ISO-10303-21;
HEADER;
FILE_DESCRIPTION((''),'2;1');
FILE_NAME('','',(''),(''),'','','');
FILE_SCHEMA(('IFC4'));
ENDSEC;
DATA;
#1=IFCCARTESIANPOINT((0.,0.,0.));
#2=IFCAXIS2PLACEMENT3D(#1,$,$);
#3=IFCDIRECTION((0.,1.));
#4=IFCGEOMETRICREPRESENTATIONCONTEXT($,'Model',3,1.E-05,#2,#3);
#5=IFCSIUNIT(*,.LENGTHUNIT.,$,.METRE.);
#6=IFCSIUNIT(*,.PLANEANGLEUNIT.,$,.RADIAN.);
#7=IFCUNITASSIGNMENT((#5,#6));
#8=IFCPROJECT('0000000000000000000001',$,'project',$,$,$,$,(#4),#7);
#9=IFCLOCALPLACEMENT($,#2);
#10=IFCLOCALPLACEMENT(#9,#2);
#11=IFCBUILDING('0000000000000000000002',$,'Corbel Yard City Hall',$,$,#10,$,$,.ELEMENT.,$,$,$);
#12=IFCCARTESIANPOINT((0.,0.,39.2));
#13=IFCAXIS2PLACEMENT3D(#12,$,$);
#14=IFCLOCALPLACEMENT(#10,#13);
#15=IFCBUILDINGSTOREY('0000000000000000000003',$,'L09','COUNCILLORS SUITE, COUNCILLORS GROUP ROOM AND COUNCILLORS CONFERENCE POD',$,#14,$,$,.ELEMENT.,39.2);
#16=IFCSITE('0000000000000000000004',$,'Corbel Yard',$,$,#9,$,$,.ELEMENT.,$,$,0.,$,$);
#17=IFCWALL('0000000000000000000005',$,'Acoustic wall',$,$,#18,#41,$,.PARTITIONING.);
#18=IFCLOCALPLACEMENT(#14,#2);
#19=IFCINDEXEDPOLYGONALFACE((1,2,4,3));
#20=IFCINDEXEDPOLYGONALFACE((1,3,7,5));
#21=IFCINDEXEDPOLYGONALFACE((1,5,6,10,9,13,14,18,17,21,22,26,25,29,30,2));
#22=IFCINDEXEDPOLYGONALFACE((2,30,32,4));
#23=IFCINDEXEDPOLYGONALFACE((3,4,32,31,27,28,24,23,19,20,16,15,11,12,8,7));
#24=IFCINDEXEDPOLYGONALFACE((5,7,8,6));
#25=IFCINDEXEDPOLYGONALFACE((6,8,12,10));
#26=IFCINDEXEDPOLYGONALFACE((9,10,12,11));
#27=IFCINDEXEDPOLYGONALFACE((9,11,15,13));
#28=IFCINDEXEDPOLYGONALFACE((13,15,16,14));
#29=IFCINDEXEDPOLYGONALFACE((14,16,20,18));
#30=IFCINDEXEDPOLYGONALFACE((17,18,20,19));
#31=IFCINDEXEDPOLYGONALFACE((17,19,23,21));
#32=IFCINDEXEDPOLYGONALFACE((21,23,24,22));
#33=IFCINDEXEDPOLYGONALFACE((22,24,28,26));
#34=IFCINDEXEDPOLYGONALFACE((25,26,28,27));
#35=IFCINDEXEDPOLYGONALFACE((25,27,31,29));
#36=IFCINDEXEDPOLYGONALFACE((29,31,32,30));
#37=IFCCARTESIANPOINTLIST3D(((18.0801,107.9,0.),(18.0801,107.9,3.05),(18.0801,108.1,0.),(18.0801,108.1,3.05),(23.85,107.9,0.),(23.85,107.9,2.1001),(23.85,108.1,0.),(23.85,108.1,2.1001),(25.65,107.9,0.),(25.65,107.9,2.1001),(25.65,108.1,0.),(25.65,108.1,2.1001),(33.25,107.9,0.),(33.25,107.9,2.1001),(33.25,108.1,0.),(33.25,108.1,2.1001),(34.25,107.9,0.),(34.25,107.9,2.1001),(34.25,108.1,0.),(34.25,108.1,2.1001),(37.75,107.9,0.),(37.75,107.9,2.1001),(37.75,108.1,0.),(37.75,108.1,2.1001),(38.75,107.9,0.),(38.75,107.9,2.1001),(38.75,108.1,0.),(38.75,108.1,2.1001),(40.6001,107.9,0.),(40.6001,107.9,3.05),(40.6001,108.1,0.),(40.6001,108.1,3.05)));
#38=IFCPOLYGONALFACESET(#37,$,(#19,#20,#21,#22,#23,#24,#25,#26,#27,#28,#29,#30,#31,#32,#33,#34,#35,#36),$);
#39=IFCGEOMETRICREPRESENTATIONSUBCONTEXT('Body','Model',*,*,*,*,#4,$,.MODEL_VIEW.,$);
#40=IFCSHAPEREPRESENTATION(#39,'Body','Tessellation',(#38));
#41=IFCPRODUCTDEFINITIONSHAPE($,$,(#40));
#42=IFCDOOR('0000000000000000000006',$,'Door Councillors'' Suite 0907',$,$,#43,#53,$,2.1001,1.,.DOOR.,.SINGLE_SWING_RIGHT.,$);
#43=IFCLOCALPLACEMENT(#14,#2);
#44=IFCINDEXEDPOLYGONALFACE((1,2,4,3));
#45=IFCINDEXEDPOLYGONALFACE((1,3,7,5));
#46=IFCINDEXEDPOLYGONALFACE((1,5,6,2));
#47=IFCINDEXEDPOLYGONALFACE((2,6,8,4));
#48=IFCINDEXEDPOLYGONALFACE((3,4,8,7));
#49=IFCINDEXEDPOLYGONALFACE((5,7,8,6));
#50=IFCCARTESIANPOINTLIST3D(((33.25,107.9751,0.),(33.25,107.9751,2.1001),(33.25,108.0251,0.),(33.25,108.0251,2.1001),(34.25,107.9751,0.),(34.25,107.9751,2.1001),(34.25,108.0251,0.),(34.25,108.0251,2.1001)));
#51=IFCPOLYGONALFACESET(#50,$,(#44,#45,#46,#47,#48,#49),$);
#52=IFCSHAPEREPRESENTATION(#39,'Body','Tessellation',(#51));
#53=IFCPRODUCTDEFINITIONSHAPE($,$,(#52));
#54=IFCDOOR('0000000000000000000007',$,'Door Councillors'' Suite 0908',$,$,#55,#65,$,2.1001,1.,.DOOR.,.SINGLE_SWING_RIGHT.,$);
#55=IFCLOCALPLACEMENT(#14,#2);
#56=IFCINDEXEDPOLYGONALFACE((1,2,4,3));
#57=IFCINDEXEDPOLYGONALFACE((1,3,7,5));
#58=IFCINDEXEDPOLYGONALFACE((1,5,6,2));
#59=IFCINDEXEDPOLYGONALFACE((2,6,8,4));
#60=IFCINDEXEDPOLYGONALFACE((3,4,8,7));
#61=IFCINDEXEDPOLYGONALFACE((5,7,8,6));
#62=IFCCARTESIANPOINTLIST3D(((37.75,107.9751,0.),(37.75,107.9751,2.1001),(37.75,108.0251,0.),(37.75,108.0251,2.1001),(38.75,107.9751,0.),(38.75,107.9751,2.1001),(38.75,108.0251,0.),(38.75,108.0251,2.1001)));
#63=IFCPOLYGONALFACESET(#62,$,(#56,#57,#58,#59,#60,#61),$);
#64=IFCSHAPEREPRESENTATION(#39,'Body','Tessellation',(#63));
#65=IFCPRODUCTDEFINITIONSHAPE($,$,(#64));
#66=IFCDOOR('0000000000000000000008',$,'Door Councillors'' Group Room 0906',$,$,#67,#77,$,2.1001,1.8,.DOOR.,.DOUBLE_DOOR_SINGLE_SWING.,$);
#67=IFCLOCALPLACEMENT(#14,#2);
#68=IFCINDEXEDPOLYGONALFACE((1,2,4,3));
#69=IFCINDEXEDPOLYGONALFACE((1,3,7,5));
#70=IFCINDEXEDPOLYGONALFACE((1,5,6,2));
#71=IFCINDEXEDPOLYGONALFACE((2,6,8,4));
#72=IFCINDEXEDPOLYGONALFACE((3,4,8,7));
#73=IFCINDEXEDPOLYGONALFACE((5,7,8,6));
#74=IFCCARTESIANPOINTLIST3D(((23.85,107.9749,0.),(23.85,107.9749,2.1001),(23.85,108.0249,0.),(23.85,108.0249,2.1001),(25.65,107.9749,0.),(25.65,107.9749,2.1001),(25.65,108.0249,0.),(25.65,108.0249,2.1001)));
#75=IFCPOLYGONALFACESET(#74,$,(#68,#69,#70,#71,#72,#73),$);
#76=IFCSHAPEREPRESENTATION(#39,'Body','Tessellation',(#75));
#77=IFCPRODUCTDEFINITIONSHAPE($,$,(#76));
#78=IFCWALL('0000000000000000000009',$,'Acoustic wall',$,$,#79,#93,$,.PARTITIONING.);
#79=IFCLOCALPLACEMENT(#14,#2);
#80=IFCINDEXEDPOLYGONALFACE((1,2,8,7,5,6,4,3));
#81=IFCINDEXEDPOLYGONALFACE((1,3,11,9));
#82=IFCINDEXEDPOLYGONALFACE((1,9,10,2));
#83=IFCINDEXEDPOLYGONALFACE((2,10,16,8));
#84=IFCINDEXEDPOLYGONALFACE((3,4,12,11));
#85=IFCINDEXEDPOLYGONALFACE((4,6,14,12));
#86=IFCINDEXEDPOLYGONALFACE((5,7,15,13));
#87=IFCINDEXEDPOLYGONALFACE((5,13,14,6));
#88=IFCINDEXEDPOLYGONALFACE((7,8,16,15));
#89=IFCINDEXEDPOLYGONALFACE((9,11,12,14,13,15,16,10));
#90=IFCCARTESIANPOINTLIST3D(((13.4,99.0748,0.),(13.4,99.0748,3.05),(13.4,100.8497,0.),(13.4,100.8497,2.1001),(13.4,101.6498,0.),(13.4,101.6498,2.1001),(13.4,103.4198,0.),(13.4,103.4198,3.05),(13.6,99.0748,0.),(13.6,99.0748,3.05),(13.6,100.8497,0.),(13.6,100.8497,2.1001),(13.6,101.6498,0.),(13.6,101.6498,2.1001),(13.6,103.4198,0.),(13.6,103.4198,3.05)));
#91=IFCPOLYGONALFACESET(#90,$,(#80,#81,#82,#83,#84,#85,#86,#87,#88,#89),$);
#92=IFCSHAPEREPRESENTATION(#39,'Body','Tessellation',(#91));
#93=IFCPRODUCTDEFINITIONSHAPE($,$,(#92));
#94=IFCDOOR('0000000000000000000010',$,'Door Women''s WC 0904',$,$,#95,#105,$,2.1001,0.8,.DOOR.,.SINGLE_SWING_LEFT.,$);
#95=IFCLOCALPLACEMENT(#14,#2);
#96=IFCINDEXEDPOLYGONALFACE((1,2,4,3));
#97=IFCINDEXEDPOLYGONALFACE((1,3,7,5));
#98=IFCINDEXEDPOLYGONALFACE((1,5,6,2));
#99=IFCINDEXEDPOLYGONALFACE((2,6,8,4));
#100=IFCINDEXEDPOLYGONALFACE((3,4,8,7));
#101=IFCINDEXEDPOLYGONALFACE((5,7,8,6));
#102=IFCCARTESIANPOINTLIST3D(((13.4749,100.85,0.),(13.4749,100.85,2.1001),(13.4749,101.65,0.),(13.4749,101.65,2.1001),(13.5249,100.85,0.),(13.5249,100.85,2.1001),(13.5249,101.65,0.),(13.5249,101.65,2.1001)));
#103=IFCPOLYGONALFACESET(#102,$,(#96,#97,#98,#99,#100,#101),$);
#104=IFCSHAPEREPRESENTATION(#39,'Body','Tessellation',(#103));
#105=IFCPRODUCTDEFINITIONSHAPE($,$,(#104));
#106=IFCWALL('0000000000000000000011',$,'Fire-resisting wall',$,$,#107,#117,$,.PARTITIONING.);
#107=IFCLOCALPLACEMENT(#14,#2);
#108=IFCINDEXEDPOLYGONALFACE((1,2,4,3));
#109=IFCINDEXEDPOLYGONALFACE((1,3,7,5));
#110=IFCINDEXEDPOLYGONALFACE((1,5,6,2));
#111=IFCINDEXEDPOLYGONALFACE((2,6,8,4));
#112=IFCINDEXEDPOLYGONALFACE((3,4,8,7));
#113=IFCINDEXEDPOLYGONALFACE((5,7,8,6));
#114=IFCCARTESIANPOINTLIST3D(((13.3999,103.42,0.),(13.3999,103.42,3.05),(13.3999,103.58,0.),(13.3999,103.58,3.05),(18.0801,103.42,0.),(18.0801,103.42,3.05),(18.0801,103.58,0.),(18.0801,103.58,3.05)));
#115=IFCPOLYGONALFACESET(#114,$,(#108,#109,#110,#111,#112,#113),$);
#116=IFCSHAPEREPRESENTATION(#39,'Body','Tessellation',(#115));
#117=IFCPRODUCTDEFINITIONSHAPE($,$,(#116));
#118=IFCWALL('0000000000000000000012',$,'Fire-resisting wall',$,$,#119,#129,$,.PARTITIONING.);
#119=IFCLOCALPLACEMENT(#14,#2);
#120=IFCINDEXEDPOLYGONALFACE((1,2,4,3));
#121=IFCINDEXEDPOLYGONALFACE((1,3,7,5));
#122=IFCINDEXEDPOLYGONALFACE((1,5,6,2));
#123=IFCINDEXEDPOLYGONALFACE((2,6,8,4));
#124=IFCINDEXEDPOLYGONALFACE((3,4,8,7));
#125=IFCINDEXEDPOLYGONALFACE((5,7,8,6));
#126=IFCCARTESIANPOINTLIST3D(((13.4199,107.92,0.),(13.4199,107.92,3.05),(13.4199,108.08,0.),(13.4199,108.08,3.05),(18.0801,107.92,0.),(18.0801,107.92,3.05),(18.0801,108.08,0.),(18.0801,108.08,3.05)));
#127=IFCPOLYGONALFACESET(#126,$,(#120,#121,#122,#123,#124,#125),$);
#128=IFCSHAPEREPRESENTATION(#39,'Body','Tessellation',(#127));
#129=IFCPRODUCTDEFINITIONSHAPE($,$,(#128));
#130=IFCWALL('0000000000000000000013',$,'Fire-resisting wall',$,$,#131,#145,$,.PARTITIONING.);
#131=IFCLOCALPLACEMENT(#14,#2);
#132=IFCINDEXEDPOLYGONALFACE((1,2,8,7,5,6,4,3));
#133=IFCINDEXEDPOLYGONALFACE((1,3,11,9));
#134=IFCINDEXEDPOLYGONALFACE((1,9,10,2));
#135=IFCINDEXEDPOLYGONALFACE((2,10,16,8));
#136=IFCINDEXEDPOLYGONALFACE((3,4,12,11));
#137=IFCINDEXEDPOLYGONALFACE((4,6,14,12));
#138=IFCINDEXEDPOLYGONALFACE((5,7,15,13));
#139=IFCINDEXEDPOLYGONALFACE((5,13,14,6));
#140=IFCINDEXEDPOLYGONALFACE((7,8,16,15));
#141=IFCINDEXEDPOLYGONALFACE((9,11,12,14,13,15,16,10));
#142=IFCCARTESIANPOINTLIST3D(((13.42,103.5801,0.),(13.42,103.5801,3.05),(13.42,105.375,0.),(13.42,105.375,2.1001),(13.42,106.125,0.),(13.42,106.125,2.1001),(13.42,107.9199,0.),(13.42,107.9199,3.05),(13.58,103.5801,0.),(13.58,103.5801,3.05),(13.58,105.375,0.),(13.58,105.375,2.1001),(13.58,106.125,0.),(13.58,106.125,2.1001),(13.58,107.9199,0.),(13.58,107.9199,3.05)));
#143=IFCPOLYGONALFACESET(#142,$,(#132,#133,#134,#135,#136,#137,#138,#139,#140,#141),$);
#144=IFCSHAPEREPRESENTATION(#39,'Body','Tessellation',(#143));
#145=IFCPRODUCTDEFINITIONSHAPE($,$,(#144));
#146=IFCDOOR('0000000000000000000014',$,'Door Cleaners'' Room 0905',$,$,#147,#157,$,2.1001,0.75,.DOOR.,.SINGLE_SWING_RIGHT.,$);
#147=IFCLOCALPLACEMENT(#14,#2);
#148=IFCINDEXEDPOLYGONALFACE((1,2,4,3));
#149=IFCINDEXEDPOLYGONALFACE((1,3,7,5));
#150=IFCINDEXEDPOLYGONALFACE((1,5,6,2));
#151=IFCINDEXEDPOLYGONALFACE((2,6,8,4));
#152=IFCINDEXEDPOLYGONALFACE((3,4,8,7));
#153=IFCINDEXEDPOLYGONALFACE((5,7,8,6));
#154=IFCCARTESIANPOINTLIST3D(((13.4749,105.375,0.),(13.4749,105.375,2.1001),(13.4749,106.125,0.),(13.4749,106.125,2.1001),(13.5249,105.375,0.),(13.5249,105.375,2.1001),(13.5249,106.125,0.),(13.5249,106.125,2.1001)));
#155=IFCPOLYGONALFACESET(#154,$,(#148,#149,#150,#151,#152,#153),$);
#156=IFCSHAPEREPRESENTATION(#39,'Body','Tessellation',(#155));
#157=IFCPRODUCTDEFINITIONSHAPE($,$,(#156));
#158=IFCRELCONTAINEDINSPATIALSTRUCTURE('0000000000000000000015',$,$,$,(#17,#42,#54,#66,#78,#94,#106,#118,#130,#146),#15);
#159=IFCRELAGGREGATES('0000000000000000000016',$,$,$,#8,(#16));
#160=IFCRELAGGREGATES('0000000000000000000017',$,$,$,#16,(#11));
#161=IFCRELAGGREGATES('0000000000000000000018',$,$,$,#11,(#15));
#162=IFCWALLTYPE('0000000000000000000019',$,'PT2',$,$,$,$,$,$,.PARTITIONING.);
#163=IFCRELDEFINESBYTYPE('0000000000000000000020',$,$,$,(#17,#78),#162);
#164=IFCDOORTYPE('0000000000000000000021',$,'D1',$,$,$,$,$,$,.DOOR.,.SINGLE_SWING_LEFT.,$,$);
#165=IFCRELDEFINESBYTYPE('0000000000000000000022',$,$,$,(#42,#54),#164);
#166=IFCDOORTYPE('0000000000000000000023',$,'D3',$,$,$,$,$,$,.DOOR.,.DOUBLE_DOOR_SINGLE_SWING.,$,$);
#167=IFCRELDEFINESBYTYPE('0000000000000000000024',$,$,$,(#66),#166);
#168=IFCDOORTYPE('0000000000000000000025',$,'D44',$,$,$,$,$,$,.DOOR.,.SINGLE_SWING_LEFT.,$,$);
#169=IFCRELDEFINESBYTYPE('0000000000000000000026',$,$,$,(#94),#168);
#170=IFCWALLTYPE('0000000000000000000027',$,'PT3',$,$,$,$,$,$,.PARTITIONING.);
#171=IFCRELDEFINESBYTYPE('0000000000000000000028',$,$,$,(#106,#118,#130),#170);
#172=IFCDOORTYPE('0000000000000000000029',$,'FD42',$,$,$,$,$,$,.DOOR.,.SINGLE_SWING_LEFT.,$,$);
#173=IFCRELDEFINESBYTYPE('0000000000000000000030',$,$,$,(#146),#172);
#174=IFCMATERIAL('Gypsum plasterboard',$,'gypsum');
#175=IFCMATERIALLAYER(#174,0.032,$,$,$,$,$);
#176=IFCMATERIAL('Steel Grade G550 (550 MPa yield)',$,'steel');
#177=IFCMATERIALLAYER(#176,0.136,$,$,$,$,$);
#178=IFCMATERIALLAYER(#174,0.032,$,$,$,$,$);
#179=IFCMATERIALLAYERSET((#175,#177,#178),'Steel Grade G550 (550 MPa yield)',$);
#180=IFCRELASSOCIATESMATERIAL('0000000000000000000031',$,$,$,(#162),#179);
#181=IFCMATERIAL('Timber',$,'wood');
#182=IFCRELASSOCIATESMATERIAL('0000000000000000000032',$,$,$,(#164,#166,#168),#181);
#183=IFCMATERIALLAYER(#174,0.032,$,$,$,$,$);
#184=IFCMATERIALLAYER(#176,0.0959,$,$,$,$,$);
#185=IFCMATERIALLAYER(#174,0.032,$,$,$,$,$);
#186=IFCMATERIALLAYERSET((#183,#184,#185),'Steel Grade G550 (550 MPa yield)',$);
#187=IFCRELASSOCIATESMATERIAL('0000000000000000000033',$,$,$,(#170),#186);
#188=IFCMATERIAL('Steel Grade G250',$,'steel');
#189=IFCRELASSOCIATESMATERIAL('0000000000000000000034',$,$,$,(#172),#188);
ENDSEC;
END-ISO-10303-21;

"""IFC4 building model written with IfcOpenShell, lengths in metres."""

from ifc_helpers import new_model, si_unit, direction, frame, frame_2d, origin, place, context, subcontext, project, spatial, rectangle, extrude, material, layer, layer_set, type_object, element, fill, save


model = new_model("IFC4")

# Units and contexts
model_context = context("Model", 3, precision=1e-05, world=origin(), true_north=direction((0.0, 1.0)))
body_context = subcontext(model_context, "Body", "Model", "MODEL_VIEW")
ifc_project = project(units=[si_unit("LENGTHUNIT", "METRE"), si_unit("PLANEANGLEUNIT", "RADIAN")], contexts=[model_context])

# Site, building, storey
site_placement = place(None, origin())
site = spatial("IfcSite", under=ifc_project, at=site_placement, Name="Corbel Yard", CompositionType="ELEMENT", RefElevation=0.0)
building_placement = place(site_placement, origin())
building = spatial("IfcBuilding", under=site, at=building_placement, Name="Corbel Yard City Hall", CompositionType="ELEMENT")
storey_placement = place(building_placement, frame((0.0, 0.0, 39.2)))
storey = spatial("IfcBuildingStorey", under=building, at=storey_placement, Name="L09", Description="COUNCILLORS SUITE, COUNCILLORS GROUP ROOM AND COUNCILLORS CONFERENCE POD", CompositionType="ELEMENT", Elevation=39.2)

# Shared definitions
ifc_material_1 = material(Name="Gypsum plasterboard", Category="gypsum")
ifc_material_2 = material(Name="Steel Grade G550 (550 MPa yield)", Category="steel")

# Wall, openings, doors
ifc_layer_1 = layer(ifc_material_1, 0.032)
ifc_layer_2 = layer(ifc_material_2, 0.136)
ifc_layer_3 = layer(ifc_material_1, 0.032)
ifc_layer_set_1 = layer_set([ifc_layer_1, ifc_layer_2, ifc_layer_3], Name="Steel Grade G550 (550 MPa yield)")
wall_type_1 = type_object("IfcWallType", Name="PT2", PredefinedType="PARTITIONING", material=ifc_layer_set_1)
wall_1_placement = place(storey_placement, frame((18.0801, 108.0, 0.0), z_axis=(0.0, 0.0, 1.0), x_axis=(1.0, 0.0, 0.0)))
wall_1 = element("IfcWall", 1, at=wall_1_placement, inside=storey, type_object=wall_type_1, Name="Acoustic wall", PredefinedType="PARTITIONING", context=body_context, shape_type="SweptSolid", body=[
    extrude(rectangle(XDim=22.52, YDim=0.2, at=frame_2d((11.26, 0.0))), origin(), (0.0, 0.0, 1.0), 3.05),
])
opening_1_placement = place(wall_1_placement, frame((5.77, 0.0, 0.0)))
opening_1 = element("IfcOpeningElement", 2, at=opening_1_placement, cuts=wall_1, PredefinedType="OPENING", context=body_context, shape_type="SweptSolid", body=[
    extrude(rectangle(XDim=1.8, YDim=2.1001, at=frame_2d((0.8999, 1.05))), frame((0.0, 0.1099, 0.0), z_axis=(0.0, -1.0, 0.0), x_axis=(1.0, 0.0, 0.0)), (0.0, 0.0, 1.0), 0.22),
])
opening_2_placement = place(wall_1_placement, frame((15.1699, 0.0, 0.0)))
opening_2 = element("IfcOpeningElement", 3, at=opening_2_placement, cuts=wall_1, PredefinedType="OPENING", context=body_context, shape_type="SweptSolid", body=[
    extrude(rectangle(XDim=1.0, YDim=2.1001, at=frame_2d((0.5, 1.05))), frame((0.0, 0.1099, 0.0), z_axis=(0.0, -1.0, 0.0), x_axis=(1.0, 0.0, 0.0)), (0.0, 0.0, 1.0), 0.22),
])
opening_3_placement = place(wall_1_placement, frame((19.6699, 0.0, 0.0)))
opening_3 = element("IfcOpeningElement", 4, at=opening_3_placement, cuts=wall_1, PredefinedType="OPENING", context=body_context, shape_type="SweptSolid", body=[
    extrude(rectangle(XDim=1.0, YDim=2.1001, at=frame_2d((0.5, 1.05))), frame((0.0, 0.1099, 0.0), z_axis=(0.0, -1.0, 0.0), x_axis=(1.0, 0.0, 0.0)), (0.0, 0.0, 1.0), 0.22),
])
ifc_material_3 = material(Name="Timber", Category="wood")
door_type_1 = type_object("IfcDoorType", Name="D1", OperationType="SINGLE_SWING_LEFT", PredefinedType="DOOR", material=ifc_material_3)
door_1_placement = place(opening_2_placement, frame((1.0, 0.0, 0.0), z_axis=(0.0, 0.0, 1.0), x_axis=(-1.0, 0.0, 0.0)))
door_1 = element("IfcDoor", 5, at=door_1_placement, inside=storey, type_object=door_type_1, Name="Door Councillors' Suite 0907", OperationType="SINGLE_SWING_RIGHT", OverallHeight=2.1001, OverallWidth=1.0, PredefinedType="DOOR", context=body_context, shape_type="SweptSolid", body=[
    extrude(rectangle(XDim=1.0, YDim=2.1001, at=frame_2d((0.5, 1.05))), frame((0.0, 0.0249, 0.0), z_axis=(0.0, -1.0, 0.0), x_axis=(1.0, 0.0, 0.0)), (0.0, 0.0, 1.0), 0.05),
])
fill(opening_2, door_1)
door_2_placement = place(opening_3_placement, frame((1.0, 0.0, 0.0), z_axis=(0.0, 0.0, 1.0), x_axis=(-1.0, 0.0, 0.0)))
door_2 = element("IfcDoor", 6, at=door_2_placement, inside=storey, type_object=door_type_1, Name="Door Councillors' Suite 0908", OperationType="SINGLE_SWING_RIGHT", OverallHeight=2.1001, OverallWidth=1.0, PredefinedType="DOOR", context=body_context, shape_type="SweptSolid", body=[
    extrude(rectangle(XDim=1.0, YDim=2.1001, at=frame_2d((0.5, 1.05))), frame((0.0, 0.0249, 0.0), z_axis=(0.0, -1.0, 0.0), x_axis=(1.0, 0.0, 0.0)), (0.0, 0.0, 1.0), 0.05),
])
fill(opening_3, door_2)
door_type_2 = type_object("IfcDoorType", Name="D3", OperationType="DOUBLE_DOOR_SINGLE_SWING", PredefinedType="DOOR", material=ifc_material_3)
door_3_placement = place(opening_1_placement, origin())
door_3 = element("IfcDoor", 7, at=door_3_placement, inside=storey, type_object=door_type_2, Name="Door Councillors' Group Room 0906", OperationType="DOUBLE_DOOR_SINGLE_SWING", OverallHeight=2.1001, OverallWidth=1.8, PredefinedType="DOOR", context=body_context, shape_type="SweptSolid", body=[
    extrude(rectangle(XDim=1.8, YDim=2.1001, at=frame_2d((0.8999, 1.05))), frame((0.0, 0.0249, 0.0), z_axis=(0.0, -1.0, 0.0), x_axis=(1.0, 0.0, 0.0)), (0.0, 0.0, 1.0), 0.05),
])
fill(opening_1, door_3)

# Wall, opening, door
wall_2_placement = place(storey_placement, frame((13.5, 99.075, 0.0), z_axis=(0.0, 0.0, 1.0), x_axis=(0.0, 1.0, 0.0)))
wall_2 = element("IfcWall", 8, at=wall_2_placement, inside=storey, type_object=wall_type_1, Name="Acoustic wall", PredefinedType="PARTITIONING", context=body_context, shape_type="SweptSolid", body=[
    extrude(rectangle(XDim=4.345, YDim=0.2, at=frame_2d((2.1724, 0.0))), origin(), (0.0, 0.0, 1.0), 3.05),
])
opening_4_placement = place(wall_2_placement, frame((1.7749, 0.0, 0.0)))
opening_4 = element("IfcOpeningElement", 9, at=opening_4_placement, cuts=wall_2, PredefinedType="OPENING", context=body_context, shape_type="SweptSolid", body=[
    extrude(rectangle(XDim=0.8, YDim=2.1001, at=frame_2d((0.3999, 1.05))), frame((0.0, 0.1099, 0.0), z_axis=(0.0, -1.0, 0.0), x_axis=(1.0, 0.0, 0.0)), (0.0, 0.0, 1.0), 0.22),
])
door_type_3 = type_object("IfcDoorType", Name="D44", OperationType="SINGLE_SWING_LEFT", PredefinedType="DOOR", material=ifc_material_3)
door_4_placement = place(opening_4_placement, frame((0.8, 0.0, 0.0), z_axis=(0.0, 0.0, 1.0), x_axis=(-1.0, 0.0, 0.0)))
door_4 = element("IfcDoor", 10, at=door_4_placement, inside=storey, type_object=door_type_3, Name="Door Women's WC 0904", OperationType="SINGLE_SWING_LEFT", OverallHeight=2.1001, OverallWidth=0.8, PredefinedType="DOOR", context=body_context, shape_type="SweptSolid", body=[
    extrude(rectangle(XDim=0.8, YDim=2.1001, at=frame_2d((0.3999, 1.05))), frame((0.0, 0.0249, 0.0), z_axis=(0.0, -1.0, 0.0), x_axis=(1.0, 0.0, 0.0)), (0.0, 0.0, 1.0), 0.05),
])
fill(opening_4, door_4)

# Walls
ifc_layer_4 = layer(ifc_material_1, 0.032)
ifc_layer_5 = layer(ifc_material_2, 0.0959)
ifc_layer_6 = layer(ifc_material_1, 0.032)
ifc_layer_set_2 = layer_set([ifc_layer_4, ifc_layer_5, ifc_layer_6], Name="Steel Grade G550 (550 MPa yield)")
wall_type_2 = type_object("IfcWallType", Name="PT3", PredefinedType="PARTITIONING", material=ifc_layer_set_2)
wall_3_placement = place(storey_placement, frame((13.3999, 103.5, 0.0), z_axis=(0.0, 0.0, 1.0), x_axis=(1.0, 0.0, 0.0)))
element("IfcWall", 11, at=wall_3_placement, inside=storey, type_object=wall_type_2, Name="Fire-resisting wall", PredefinedType="PARTITIONING", context=body_context, shape_type="SweptSolid", body=[
    extrude(rectangle(XDim=4.6802, YDim=0.1599, at=frame_2d((2.3401, 0.0))), origin(), (0.0, 0.0, 1.0), 3.05),
])
wall_4_placement = place(storey_placement, frame((13.4199, 108.0, 0.0), z_axis=(0.0, 0.0, 1.0), x_axis=(1.0, 0.0, 0.0)))
element("IfcWall", 12, at=wall_4_placement, inside=storey, type_object=wall_type_2, Name="Fire-resisting wall", PredefinedType="PARTITIONING", context=body_context, shape_type="SweptSolid", body=[
    extrude(rectangle(XDim=4.6602, YDim=0.1599, at=frame_2d((2.3301, 0.0))), origin(), (0.0, 0.0, 1.0), 3.05),
])

# Wall, opening, door
wall_5_placement = place(storey_placement, frame((13.5, 103.5801, 0.0), z_axis=(0.0, 0.0, 1.0), x_axis=(0.0, 1.0, 0.0)))
wall_5 = element("IfcWall", 13, at=wall_5_placement, inside=storey, type_object=wall_type_2, Name="Fire-resisting wall", PredefinedType="PARTITIONING", context=body_context, shape_type="SweptSolid", body=[
    extrude(rectangle(XDim=4.3398, YDim=0.1599, at=frame_2d((2.1699, 0.0))), origin(), (0.0, 0.0, 1.0), 3.05),
])
opening_5_placement = place(wall_5_placement, frame((1.7949, 0.0, 0.0)))
opening_5 = element("IfcOpeningElement", 14, at=opening_5_placement, cuts=wall_5, PredefinedType="OPENING", context=body_context, shape_type="SweptSolid", body=[
    extrude(rectangle(XDim=0.75, YDim=2.1001, at=frame_2d((0.375, 1.05))), frame((0.0, 0.0898, 0.0), z_axis=(0.0, -1.0, 0.0), x_axis=(1.0, 0.0, 0.0)), (0.0, 0.0, 1.0), 0.1799),
])
ifc_material_4 = material(Name="Steel Grade G250", Category="steel")
door_type_4 = type_object("IfcDoorType", Name="FD42", OperationType="SINGLE_SWING_LEFT", PredefinedType="DOOR", material=ifc_material_4)
door_5_placement = place(opening_5_placement, frame((0.75, 0.0, 0.0), z_axis=(0.0, 0.0, 1.0), x_axis=(-1.0, 0.0, 0.0)))
door_5 = element("IfcDoor", 15, at=door_5_placement, inside=storey, type_object=door_type_4, Name="Door Cleaners' Room 0905", OperationType="SINGLE_SWING_RIGHT", OverallHeight=2.1001, OverallWidth=0.75, PredefinedType="DOOR", context=body_context, shape_type="SweptSolid", body=[
    extrude(rectangle(XDim=0.75, YDim=2.1001, at=frame_2d((0.375, 1.05))), frame((0.0, 0.0249, 0.0), z_axis=(0.0, -1.0, 0.0), x_axis=(1.0, 0.0, 0.0)), (0.0, 0.0, 1.0), 0.05),
])
fill(opening_5, door_5)

save(model, "model.ifc")
